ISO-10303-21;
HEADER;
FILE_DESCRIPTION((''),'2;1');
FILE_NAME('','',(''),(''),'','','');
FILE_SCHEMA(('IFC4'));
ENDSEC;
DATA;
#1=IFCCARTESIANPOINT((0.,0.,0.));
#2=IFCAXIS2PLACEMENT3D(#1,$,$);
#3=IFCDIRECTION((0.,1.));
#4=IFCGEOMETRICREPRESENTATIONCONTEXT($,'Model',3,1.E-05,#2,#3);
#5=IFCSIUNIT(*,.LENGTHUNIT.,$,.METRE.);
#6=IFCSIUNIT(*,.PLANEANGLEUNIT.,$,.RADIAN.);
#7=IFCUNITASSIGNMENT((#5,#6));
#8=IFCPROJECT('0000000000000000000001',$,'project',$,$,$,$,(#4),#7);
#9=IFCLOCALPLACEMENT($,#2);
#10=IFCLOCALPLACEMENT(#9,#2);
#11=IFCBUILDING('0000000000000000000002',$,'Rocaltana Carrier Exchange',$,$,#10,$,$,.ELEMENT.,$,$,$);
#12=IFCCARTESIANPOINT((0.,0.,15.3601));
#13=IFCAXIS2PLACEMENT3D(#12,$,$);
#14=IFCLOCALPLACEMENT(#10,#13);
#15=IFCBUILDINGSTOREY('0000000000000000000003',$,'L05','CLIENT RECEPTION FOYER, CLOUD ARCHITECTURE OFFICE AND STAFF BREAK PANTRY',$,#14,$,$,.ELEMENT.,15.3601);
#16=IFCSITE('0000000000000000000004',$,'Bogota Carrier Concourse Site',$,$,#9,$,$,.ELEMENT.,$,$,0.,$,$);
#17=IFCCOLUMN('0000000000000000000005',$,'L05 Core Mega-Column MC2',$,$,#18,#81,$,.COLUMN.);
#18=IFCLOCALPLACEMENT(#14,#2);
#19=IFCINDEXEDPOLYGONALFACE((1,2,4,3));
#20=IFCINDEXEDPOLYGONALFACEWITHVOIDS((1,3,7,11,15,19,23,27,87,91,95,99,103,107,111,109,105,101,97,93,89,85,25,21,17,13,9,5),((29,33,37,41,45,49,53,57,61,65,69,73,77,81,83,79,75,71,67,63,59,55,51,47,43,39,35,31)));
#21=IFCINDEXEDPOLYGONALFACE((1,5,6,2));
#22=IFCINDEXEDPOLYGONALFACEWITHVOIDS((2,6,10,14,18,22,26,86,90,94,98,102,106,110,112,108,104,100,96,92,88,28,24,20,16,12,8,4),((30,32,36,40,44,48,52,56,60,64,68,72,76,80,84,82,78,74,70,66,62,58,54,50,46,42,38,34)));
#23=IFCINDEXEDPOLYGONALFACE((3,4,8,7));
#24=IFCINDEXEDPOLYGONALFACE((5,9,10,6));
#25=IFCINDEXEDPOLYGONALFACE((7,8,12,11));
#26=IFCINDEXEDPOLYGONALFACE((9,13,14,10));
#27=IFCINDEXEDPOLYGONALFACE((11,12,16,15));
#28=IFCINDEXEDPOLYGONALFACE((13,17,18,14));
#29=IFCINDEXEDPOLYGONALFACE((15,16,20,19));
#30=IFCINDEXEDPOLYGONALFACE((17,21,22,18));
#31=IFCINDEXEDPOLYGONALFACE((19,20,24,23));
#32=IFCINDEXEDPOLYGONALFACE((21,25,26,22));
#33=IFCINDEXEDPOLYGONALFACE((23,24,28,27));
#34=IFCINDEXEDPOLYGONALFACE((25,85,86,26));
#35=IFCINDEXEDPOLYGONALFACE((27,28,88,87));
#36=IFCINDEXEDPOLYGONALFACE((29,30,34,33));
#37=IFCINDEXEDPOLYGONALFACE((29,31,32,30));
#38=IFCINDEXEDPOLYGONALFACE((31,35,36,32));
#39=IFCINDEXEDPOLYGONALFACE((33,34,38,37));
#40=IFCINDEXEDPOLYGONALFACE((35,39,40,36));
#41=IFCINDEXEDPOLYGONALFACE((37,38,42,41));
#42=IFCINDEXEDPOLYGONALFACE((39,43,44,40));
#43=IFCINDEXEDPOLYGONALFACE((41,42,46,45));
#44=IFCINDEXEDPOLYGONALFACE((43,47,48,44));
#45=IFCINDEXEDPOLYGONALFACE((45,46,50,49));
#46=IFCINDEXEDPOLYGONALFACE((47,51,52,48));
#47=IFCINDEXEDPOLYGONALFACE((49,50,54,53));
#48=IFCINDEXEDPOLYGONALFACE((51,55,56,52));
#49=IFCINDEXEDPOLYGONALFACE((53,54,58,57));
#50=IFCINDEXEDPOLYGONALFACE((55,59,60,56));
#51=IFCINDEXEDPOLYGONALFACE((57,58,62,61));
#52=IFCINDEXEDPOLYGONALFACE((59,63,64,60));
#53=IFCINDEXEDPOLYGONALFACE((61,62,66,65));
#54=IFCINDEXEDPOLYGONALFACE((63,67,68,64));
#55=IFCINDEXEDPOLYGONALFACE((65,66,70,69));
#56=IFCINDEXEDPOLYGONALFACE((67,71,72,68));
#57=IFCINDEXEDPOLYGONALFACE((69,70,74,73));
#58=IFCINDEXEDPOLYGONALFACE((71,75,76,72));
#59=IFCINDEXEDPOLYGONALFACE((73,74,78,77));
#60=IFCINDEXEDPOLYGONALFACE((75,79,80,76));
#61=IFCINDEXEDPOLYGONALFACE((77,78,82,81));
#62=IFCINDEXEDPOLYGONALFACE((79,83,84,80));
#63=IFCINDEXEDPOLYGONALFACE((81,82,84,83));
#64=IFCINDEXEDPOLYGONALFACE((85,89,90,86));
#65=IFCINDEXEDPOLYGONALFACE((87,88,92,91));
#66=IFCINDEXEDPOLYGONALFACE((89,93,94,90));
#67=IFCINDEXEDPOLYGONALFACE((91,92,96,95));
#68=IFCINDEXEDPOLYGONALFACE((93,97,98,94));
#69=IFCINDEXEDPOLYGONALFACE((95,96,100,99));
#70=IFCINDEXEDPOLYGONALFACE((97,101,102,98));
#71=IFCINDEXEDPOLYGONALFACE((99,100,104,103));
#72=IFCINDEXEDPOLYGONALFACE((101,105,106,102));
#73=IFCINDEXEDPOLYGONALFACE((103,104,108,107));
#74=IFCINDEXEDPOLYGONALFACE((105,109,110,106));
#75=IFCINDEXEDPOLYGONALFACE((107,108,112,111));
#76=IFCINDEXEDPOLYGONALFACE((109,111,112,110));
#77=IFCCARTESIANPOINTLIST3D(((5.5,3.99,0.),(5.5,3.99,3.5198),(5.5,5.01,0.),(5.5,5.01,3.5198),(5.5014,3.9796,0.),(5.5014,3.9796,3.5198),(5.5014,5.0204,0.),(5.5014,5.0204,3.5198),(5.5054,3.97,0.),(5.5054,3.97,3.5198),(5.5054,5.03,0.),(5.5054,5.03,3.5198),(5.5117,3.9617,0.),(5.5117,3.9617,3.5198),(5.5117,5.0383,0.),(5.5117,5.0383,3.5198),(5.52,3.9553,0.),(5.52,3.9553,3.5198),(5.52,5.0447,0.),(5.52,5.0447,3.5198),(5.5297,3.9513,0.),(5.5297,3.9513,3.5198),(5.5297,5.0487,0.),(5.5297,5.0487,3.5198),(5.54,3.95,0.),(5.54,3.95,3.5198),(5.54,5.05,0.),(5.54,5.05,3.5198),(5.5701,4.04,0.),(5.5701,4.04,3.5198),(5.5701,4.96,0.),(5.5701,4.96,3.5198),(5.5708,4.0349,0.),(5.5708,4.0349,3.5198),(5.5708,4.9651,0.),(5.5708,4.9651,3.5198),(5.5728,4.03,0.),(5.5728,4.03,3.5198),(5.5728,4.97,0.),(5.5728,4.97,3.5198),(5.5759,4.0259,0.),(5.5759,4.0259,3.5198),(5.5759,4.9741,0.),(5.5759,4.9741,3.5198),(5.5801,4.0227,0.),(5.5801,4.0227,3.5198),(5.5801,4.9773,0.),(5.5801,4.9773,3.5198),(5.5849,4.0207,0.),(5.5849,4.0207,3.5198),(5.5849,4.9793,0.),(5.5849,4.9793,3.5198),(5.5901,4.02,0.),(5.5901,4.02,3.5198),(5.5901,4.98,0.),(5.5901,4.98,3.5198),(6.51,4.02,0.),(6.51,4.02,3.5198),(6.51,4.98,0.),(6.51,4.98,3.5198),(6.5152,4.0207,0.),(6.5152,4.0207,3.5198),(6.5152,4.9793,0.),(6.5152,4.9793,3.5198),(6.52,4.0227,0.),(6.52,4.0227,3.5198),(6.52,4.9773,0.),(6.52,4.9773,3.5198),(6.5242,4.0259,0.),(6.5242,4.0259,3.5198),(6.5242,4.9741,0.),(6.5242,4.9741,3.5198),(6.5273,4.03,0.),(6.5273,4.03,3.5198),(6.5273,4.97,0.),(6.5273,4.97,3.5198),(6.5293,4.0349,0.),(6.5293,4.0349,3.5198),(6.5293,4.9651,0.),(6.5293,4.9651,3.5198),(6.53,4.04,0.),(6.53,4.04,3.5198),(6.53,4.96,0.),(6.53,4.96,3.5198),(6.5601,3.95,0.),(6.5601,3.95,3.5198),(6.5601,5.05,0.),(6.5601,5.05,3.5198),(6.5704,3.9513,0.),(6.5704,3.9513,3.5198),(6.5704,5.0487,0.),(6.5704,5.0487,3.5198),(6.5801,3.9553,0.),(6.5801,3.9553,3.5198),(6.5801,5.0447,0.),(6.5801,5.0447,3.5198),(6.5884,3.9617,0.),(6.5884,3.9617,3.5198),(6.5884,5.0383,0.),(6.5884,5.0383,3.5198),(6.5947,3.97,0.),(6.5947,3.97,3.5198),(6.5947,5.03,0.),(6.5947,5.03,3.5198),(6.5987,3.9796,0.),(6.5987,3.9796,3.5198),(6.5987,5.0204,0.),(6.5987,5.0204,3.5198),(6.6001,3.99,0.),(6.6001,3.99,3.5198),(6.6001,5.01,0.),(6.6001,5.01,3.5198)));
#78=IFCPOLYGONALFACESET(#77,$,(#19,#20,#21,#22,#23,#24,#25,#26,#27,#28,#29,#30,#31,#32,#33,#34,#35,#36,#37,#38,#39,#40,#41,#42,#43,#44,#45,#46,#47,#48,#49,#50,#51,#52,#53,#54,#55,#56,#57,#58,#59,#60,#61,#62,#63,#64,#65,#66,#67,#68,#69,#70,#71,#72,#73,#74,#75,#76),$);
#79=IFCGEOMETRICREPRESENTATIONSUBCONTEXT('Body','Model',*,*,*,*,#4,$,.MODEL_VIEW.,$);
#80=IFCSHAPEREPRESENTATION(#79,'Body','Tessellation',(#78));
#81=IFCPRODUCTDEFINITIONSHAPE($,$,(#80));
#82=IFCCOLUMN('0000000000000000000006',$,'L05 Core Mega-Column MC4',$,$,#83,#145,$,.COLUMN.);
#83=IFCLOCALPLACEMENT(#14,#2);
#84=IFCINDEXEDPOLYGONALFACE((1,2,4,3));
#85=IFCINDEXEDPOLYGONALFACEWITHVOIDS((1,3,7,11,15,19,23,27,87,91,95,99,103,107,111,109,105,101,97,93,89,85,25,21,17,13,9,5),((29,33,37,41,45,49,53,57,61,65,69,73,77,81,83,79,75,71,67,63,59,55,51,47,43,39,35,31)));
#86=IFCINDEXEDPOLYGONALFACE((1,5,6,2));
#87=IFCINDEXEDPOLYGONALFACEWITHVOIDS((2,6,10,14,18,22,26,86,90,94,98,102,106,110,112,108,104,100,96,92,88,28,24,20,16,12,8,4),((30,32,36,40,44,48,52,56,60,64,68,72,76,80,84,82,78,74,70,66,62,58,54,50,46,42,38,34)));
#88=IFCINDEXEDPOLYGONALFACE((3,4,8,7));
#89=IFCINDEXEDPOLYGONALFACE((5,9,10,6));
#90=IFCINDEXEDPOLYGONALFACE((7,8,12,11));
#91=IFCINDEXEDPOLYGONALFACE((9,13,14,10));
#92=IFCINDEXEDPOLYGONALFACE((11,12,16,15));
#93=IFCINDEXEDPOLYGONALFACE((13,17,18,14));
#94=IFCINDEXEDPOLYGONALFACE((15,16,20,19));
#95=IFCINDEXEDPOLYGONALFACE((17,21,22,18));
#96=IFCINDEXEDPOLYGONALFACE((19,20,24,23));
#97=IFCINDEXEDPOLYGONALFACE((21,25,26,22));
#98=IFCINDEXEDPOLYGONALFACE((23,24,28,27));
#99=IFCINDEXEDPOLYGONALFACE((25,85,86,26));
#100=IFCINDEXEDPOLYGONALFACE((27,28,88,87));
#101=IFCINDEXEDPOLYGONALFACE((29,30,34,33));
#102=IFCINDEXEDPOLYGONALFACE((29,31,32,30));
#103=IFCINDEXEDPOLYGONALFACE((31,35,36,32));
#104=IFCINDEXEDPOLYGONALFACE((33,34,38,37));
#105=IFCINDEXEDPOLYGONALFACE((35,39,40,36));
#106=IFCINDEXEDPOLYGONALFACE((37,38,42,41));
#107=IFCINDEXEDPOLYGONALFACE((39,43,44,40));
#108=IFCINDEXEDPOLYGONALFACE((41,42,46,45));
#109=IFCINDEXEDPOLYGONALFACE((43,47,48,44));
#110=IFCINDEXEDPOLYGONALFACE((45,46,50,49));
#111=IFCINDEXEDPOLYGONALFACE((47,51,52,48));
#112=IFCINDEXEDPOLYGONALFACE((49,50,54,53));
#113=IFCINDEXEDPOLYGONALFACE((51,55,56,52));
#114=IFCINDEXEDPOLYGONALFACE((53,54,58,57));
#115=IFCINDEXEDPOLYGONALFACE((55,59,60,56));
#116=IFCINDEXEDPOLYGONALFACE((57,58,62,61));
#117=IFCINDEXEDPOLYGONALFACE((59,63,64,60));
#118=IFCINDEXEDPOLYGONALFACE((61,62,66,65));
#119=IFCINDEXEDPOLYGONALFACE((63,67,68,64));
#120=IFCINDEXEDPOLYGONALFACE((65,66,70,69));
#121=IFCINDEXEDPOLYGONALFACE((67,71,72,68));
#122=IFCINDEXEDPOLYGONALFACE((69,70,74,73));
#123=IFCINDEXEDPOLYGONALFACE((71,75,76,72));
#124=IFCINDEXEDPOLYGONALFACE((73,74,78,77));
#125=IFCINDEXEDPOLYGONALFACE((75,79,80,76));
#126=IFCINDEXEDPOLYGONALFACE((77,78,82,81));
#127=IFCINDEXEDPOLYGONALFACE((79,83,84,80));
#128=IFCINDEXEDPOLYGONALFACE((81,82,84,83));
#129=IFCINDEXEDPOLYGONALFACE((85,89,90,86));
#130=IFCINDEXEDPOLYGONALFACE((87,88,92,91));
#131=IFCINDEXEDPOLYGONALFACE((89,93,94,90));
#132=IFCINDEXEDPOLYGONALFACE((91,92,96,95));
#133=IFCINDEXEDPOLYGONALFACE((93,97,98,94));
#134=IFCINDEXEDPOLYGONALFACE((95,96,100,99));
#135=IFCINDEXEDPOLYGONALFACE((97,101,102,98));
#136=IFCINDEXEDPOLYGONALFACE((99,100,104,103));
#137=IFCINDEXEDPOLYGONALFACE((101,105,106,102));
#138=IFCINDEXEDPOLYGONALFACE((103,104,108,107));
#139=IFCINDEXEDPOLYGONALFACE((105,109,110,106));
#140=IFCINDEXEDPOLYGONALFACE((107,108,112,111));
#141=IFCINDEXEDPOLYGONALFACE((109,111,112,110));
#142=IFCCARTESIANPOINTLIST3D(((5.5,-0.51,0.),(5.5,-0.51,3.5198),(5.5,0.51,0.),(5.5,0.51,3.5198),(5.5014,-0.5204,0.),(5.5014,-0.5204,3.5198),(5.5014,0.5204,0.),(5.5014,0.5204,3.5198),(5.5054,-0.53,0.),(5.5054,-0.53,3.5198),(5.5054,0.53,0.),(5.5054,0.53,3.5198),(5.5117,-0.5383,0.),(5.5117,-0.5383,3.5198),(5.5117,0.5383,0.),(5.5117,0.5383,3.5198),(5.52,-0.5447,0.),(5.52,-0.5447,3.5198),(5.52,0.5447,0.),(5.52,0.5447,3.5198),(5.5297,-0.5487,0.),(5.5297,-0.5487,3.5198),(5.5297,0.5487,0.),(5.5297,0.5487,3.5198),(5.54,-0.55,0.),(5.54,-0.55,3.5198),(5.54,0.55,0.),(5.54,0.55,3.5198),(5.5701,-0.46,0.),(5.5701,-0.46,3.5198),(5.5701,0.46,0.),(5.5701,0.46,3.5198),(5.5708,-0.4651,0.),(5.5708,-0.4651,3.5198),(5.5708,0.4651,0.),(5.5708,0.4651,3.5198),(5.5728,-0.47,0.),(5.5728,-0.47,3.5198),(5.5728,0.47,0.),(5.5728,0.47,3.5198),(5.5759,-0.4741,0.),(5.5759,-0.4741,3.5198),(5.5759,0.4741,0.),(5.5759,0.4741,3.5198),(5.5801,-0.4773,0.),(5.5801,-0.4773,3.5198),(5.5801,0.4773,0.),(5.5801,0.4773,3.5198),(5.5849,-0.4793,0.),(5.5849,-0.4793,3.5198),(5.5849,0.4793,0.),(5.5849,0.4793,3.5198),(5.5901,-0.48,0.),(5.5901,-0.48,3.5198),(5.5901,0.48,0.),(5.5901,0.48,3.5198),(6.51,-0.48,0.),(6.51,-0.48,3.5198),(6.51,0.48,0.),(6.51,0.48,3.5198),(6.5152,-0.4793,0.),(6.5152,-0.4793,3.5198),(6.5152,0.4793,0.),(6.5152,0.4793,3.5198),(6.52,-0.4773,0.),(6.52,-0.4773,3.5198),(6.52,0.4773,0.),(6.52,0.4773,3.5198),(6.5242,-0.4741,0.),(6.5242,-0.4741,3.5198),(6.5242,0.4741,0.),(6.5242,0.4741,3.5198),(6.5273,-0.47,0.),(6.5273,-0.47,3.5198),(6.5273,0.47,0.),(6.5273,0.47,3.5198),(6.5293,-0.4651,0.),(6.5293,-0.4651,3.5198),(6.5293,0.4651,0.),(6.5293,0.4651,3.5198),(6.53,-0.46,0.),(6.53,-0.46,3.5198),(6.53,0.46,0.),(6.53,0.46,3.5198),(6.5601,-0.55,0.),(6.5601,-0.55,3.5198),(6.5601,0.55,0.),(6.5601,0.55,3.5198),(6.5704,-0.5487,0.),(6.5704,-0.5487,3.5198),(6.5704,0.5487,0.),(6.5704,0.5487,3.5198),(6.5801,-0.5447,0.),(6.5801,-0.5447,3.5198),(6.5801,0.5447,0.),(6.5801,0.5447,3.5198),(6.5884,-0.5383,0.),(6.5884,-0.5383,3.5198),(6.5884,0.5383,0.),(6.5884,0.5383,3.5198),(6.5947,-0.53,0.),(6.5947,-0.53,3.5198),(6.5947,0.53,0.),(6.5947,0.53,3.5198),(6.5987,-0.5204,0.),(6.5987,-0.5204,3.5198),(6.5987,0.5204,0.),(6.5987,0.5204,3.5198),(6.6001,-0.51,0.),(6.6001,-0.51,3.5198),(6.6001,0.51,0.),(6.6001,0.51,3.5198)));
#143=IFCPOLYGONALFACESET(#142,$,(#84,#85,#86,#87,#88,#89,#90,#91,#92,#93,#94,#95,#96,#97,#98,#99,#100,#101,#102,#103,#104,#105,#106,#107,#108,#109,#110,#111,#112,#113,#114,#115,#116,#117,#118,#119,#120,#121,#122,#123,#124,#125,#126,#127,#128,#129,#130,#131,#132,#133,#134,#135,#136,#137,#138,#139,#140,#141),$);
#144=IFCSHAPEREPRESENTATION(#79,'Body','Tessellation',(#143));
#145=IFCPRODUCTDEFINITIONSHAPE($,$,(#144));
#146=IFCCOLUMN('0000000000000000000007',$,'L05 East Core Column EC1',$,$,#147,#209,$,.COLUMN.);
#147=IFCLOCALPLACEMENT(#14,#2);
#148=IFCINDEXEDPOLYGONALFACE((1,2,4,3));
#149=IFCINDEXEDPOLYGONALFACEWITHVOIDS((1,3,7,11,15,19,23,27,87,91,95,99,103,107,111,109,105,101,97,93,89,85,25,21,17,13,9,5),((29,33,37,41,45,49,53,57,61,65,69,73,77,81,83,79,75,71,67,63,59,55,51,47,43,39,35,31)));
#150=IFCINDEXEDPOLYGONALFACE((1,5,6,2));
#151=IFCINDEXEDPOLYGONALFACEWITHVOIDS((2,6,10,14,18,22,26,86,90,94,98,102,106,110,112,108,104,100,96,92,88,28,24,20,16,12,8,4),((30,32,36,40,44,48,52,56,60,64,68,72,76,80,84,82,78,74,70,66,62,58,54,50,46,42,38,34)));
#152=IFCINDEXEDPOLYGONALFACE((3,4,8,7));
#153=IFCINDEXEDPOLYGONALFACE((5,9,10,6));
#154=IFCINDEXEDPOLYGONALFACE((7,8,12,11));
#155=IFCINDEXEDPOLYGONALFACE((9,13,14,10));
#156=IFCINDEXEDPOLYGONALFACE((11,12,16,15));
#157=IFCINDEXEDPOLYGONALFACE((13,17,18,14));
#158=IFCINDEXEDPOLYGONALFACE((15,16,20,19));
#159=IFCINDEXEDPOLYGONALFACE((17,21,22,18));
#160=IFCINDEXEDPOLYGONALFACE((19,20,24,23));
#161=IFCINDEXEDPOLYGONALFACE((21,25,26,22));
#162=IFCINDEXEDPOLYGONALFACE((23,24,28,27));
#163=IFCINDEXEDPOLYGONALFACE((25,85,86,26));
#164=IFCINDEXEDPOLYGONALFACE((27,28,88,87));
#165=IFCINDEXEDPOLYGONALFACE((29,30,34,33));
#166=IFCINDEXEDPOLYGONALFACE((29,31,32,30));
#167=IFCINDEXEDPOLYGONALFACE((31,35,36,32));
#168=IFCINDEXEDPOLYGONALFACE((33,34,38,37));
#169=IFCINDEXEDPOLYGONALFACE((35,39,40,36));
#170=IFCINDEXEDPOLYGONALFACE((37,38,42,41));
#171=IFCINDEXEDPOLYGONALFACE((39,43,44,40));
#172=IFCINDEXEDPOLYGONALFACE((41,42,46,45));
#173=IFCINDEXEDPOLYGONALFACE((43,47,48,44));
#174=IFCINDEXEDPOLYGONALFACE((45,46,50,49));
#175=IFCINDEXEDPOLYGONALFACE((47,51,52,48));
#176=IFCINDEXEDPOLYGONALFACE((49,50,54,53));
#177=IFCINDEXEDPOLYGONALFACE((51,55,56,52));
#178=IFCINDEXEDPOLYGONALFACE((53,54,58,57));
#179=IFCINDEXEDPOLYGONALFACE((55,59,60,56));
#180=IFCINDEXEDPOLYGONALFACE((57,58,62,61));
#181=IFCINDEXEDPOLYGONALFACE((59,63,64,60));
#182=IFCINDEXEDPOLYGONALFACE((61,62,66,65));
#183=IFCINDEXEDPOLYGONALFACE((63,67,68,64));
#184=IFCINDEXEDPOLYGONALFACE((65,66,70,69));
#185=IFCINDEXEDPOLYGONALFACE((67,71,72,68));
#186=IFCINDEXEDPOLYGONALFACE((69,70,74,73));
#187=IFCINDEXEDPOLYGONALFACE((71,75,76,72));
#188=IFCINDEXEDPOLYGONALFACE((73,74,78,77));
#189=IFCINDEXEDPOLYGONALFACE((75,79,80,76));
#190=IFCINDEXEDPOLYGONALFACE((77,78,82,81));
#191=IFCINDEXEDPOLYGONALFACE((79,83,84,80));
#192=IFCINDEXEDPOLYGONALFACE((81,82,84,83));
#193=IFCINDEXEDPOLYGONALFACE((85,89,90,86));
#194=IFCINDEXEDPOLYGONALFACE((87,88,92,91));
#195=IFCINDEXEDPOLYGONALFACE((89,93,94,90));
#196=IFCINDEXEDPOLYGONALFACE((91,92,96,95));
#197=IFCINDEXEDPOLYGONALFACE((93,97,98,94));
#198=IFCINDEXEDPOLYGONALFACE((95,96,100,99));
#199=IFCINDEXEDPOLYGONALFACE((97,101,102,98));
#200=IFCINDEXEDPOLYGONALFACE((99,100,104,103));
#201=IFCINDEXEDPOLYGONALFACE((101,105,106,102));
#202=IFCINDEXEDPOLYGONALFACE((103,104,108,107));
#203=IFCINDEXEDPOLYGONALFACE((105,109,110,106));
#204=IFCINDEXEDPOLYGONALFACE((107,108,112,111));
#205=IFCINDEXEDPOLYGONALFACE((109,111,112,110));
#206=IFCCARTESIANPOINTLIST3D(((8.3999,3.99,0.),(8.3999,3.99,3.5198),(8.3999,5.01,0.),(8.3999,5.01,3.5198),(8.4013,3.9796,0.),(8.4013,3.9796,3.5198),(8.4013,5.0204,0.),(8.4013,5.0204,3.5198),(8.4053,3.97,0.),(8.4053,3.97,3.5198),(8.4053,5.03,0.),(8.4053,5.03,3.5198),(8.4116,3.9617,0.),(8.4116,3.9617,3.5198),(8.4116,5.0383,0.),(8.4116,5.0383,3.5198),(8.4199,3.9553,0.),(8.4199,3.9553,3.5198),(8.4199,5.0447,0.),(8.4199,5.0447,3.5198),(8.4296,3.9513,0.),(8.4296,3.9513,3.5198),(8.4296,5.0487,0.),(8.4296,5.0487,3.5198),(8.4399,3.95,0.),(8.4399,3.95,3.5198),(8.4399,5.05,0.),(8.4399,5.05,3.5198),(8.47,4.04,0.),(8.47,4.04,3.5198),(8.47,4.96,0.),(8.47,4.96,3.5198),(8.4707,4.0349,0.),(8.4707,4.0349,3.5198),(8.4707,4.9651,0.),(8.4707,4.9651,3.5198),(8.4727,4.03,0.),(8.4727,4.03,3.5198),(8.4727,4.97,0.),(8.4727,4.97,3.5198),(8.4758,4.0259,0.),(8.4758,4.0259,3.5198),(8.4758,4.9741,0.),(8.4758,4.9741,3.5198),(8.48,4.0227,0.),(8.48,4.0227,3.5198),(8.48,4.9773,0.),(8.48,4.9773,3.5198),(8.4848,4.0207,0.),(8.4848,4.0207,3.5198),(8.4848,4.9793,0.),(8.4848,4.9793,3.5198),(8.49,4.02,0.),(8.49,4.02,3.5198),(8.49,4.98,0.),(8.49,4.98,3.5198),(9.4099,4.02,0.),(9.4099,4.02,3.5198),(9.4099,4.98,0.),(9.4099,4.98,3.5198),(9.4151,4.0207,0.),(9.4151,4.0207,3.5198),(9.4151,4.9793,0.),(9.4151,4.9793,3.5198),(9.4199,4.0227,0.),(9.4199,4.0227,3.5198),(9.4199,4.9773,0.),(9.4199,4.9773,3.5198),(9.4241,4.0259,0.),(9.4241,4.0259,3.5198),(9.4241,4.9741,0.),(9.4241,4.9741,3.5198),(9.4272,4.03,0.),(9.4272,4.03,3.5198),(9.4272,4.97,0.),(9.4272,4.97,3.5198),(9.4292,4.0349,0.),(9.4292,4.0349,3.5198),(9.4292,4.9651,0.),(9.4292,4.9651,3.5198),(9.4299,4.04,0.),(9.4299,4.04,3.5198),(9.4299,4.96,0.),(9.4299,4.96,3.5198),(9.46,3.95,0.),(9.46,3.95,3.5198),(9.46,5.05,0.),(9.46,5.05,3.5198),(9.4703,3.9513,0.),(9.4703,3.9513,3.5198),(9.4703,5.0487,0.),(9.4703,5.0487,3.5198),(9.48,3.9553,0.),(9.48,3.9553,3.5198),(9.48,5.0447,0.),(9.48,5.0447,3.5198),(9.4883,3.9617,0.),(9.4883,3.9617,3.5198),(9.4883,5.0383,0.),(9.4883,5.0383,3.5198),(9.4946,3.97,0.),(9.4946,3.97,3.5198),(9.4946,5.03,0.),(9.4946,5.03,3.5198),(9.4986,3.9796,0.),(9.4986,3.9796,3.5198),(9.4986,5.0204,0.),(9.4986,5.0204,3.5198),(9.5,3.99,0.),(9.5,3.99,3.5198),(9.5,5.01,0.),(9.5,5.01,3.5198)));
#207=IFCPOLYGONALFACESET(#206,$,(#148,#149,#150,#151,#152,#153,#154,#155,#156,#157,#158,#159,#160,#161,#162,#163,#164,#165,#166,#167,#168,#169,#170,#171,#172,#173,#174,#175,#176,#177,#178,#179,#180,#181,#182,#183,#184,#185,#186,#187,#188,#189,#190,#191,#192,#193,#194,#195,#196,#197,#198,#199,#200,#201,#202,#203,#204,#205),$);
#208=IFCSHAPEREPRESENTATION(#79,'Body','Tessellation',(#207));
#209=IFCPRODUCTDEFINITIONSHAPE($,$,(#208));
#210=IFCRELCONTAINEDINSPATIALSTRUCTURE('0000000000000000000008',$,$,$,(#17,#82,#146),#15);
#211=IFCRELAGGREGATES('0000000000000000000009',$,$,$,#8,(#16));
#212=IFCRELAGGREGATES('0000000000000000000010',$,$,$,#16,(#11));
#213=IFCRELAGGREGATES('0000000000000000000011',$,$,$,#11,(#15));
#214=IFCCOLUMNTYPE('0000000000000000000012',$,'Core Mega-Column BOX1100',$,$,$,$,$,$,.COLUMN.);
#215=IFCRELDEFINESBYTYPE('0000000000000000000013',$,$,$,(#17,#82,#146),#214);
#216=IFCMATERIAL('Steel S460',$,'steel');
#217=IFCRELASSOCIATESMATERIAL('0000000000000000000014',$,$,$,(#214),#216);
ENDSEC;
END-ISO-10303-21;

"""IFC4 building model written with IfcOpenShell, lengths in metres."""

from ifc_helpers import new_model, si_unit, direction, frame, origin, origin_2d, place, context, subcontext, project, spatial, hollow_rectangle, extrude, material, material_profile, profile_set, type_object, element, save


model = new_model("IFC4")

# Units and contexts
model_context = context("Model", 3, precision=1e-05, world=origin(), true_north=direction((0.0, 1.0)))
body_context = subcontext(model_context, "Body", "Model", "MODEL_VIEW")
ifc_project = project(units=[si_unit("LENGTHUNIT", "METRE"), si_unit("PLANEANGLEUNIT", "RADIAN")], contexts=[model_context])

# Site, building, storey
site_placement = place(None, origin())
site = spatial("IfcSite", under=ifc_project, at=site_placement, Name="Bogota Carrier Concourse Site", CompositionType="ELEMENT", RefElevation=0.0)
building_placement = place(site_placement, origin())
building = spatial("IfcBuilding", under=site, at=building_placement, Name="Rocaltana Carrier Exchange", CompositionType="ELEMENT")
storey_placement = place(building_placement, frame((0.0, 0.0, 15.3601)))
storey = spatial("IfcBuildingStorey", under=building, at=storey_placement, Name="L05", Description="CLIENT RECEPTION FOYER, CLOUD ARCHITECTURE OFFICE AND STAFF BREAK PANTRY", CompositionType="ELEMENT", Elevation=15.3601)

# Columns
ifc_material_1 = material(Name="Steel S460", Category="steel")
ifc_material_profile_1 = material_profile(ifc_material_1, hollow_rectangle(XDim=1.1001, YDim=1.1001, WallThickness=0.0701, InnerFilletRadius=0.02, OuterFilletRadius=0.04, at=origin_2d()), Name="BOX1100X1100X70")
ifc_profile_set_1 = profile_set([ifc_material_profile_1], Name="Steel S460")
column_type = type_object("IfcColumnType", Name="Core Mega-Column BOX1100", PredefinedType="COLUMN", material=ifc_profile_set_1)
for number, where, z_axis, x_axis, name in (
    (1, (6.05, 4.5, 0.0), (0.0, 0.0, 1.0), (1.0, 0.0, 0.0), "L05 Core Mega-Column MC2"),
    (2, (6.05, 0.0, 0.0), (0.0, 0.0, 1.0), (1.0, 0.0, 0.0), "L05 Core Mega-Column MC4"),
    (3, (8.95, 4.5, 0.0), (0.0, 0.0, 1.0), (1.0, 0.0, 0.0), "L05 East Core Column EC1"),
):
    element("IfcColumn", number, at=place(storey_placement, frame(where, z_axis=z_axis, x_axis=x_axis)), inside=storey, type_object=column_type, Name=name, PredefinedType="COLUMN", context=body_context, shape_type="SweptSolid", body=[
        extrude(hollow_rectangle(XDim=1.1001, YDim=1.1001, WallThickness=0.0701, InnerFilletRadius=0.02, OuterFilletRadius=0.04, at=origin_2d()), origin(), (0.0, 0.0, 1.0), 3.5198),
    ])

save(model, "model.ifc")
